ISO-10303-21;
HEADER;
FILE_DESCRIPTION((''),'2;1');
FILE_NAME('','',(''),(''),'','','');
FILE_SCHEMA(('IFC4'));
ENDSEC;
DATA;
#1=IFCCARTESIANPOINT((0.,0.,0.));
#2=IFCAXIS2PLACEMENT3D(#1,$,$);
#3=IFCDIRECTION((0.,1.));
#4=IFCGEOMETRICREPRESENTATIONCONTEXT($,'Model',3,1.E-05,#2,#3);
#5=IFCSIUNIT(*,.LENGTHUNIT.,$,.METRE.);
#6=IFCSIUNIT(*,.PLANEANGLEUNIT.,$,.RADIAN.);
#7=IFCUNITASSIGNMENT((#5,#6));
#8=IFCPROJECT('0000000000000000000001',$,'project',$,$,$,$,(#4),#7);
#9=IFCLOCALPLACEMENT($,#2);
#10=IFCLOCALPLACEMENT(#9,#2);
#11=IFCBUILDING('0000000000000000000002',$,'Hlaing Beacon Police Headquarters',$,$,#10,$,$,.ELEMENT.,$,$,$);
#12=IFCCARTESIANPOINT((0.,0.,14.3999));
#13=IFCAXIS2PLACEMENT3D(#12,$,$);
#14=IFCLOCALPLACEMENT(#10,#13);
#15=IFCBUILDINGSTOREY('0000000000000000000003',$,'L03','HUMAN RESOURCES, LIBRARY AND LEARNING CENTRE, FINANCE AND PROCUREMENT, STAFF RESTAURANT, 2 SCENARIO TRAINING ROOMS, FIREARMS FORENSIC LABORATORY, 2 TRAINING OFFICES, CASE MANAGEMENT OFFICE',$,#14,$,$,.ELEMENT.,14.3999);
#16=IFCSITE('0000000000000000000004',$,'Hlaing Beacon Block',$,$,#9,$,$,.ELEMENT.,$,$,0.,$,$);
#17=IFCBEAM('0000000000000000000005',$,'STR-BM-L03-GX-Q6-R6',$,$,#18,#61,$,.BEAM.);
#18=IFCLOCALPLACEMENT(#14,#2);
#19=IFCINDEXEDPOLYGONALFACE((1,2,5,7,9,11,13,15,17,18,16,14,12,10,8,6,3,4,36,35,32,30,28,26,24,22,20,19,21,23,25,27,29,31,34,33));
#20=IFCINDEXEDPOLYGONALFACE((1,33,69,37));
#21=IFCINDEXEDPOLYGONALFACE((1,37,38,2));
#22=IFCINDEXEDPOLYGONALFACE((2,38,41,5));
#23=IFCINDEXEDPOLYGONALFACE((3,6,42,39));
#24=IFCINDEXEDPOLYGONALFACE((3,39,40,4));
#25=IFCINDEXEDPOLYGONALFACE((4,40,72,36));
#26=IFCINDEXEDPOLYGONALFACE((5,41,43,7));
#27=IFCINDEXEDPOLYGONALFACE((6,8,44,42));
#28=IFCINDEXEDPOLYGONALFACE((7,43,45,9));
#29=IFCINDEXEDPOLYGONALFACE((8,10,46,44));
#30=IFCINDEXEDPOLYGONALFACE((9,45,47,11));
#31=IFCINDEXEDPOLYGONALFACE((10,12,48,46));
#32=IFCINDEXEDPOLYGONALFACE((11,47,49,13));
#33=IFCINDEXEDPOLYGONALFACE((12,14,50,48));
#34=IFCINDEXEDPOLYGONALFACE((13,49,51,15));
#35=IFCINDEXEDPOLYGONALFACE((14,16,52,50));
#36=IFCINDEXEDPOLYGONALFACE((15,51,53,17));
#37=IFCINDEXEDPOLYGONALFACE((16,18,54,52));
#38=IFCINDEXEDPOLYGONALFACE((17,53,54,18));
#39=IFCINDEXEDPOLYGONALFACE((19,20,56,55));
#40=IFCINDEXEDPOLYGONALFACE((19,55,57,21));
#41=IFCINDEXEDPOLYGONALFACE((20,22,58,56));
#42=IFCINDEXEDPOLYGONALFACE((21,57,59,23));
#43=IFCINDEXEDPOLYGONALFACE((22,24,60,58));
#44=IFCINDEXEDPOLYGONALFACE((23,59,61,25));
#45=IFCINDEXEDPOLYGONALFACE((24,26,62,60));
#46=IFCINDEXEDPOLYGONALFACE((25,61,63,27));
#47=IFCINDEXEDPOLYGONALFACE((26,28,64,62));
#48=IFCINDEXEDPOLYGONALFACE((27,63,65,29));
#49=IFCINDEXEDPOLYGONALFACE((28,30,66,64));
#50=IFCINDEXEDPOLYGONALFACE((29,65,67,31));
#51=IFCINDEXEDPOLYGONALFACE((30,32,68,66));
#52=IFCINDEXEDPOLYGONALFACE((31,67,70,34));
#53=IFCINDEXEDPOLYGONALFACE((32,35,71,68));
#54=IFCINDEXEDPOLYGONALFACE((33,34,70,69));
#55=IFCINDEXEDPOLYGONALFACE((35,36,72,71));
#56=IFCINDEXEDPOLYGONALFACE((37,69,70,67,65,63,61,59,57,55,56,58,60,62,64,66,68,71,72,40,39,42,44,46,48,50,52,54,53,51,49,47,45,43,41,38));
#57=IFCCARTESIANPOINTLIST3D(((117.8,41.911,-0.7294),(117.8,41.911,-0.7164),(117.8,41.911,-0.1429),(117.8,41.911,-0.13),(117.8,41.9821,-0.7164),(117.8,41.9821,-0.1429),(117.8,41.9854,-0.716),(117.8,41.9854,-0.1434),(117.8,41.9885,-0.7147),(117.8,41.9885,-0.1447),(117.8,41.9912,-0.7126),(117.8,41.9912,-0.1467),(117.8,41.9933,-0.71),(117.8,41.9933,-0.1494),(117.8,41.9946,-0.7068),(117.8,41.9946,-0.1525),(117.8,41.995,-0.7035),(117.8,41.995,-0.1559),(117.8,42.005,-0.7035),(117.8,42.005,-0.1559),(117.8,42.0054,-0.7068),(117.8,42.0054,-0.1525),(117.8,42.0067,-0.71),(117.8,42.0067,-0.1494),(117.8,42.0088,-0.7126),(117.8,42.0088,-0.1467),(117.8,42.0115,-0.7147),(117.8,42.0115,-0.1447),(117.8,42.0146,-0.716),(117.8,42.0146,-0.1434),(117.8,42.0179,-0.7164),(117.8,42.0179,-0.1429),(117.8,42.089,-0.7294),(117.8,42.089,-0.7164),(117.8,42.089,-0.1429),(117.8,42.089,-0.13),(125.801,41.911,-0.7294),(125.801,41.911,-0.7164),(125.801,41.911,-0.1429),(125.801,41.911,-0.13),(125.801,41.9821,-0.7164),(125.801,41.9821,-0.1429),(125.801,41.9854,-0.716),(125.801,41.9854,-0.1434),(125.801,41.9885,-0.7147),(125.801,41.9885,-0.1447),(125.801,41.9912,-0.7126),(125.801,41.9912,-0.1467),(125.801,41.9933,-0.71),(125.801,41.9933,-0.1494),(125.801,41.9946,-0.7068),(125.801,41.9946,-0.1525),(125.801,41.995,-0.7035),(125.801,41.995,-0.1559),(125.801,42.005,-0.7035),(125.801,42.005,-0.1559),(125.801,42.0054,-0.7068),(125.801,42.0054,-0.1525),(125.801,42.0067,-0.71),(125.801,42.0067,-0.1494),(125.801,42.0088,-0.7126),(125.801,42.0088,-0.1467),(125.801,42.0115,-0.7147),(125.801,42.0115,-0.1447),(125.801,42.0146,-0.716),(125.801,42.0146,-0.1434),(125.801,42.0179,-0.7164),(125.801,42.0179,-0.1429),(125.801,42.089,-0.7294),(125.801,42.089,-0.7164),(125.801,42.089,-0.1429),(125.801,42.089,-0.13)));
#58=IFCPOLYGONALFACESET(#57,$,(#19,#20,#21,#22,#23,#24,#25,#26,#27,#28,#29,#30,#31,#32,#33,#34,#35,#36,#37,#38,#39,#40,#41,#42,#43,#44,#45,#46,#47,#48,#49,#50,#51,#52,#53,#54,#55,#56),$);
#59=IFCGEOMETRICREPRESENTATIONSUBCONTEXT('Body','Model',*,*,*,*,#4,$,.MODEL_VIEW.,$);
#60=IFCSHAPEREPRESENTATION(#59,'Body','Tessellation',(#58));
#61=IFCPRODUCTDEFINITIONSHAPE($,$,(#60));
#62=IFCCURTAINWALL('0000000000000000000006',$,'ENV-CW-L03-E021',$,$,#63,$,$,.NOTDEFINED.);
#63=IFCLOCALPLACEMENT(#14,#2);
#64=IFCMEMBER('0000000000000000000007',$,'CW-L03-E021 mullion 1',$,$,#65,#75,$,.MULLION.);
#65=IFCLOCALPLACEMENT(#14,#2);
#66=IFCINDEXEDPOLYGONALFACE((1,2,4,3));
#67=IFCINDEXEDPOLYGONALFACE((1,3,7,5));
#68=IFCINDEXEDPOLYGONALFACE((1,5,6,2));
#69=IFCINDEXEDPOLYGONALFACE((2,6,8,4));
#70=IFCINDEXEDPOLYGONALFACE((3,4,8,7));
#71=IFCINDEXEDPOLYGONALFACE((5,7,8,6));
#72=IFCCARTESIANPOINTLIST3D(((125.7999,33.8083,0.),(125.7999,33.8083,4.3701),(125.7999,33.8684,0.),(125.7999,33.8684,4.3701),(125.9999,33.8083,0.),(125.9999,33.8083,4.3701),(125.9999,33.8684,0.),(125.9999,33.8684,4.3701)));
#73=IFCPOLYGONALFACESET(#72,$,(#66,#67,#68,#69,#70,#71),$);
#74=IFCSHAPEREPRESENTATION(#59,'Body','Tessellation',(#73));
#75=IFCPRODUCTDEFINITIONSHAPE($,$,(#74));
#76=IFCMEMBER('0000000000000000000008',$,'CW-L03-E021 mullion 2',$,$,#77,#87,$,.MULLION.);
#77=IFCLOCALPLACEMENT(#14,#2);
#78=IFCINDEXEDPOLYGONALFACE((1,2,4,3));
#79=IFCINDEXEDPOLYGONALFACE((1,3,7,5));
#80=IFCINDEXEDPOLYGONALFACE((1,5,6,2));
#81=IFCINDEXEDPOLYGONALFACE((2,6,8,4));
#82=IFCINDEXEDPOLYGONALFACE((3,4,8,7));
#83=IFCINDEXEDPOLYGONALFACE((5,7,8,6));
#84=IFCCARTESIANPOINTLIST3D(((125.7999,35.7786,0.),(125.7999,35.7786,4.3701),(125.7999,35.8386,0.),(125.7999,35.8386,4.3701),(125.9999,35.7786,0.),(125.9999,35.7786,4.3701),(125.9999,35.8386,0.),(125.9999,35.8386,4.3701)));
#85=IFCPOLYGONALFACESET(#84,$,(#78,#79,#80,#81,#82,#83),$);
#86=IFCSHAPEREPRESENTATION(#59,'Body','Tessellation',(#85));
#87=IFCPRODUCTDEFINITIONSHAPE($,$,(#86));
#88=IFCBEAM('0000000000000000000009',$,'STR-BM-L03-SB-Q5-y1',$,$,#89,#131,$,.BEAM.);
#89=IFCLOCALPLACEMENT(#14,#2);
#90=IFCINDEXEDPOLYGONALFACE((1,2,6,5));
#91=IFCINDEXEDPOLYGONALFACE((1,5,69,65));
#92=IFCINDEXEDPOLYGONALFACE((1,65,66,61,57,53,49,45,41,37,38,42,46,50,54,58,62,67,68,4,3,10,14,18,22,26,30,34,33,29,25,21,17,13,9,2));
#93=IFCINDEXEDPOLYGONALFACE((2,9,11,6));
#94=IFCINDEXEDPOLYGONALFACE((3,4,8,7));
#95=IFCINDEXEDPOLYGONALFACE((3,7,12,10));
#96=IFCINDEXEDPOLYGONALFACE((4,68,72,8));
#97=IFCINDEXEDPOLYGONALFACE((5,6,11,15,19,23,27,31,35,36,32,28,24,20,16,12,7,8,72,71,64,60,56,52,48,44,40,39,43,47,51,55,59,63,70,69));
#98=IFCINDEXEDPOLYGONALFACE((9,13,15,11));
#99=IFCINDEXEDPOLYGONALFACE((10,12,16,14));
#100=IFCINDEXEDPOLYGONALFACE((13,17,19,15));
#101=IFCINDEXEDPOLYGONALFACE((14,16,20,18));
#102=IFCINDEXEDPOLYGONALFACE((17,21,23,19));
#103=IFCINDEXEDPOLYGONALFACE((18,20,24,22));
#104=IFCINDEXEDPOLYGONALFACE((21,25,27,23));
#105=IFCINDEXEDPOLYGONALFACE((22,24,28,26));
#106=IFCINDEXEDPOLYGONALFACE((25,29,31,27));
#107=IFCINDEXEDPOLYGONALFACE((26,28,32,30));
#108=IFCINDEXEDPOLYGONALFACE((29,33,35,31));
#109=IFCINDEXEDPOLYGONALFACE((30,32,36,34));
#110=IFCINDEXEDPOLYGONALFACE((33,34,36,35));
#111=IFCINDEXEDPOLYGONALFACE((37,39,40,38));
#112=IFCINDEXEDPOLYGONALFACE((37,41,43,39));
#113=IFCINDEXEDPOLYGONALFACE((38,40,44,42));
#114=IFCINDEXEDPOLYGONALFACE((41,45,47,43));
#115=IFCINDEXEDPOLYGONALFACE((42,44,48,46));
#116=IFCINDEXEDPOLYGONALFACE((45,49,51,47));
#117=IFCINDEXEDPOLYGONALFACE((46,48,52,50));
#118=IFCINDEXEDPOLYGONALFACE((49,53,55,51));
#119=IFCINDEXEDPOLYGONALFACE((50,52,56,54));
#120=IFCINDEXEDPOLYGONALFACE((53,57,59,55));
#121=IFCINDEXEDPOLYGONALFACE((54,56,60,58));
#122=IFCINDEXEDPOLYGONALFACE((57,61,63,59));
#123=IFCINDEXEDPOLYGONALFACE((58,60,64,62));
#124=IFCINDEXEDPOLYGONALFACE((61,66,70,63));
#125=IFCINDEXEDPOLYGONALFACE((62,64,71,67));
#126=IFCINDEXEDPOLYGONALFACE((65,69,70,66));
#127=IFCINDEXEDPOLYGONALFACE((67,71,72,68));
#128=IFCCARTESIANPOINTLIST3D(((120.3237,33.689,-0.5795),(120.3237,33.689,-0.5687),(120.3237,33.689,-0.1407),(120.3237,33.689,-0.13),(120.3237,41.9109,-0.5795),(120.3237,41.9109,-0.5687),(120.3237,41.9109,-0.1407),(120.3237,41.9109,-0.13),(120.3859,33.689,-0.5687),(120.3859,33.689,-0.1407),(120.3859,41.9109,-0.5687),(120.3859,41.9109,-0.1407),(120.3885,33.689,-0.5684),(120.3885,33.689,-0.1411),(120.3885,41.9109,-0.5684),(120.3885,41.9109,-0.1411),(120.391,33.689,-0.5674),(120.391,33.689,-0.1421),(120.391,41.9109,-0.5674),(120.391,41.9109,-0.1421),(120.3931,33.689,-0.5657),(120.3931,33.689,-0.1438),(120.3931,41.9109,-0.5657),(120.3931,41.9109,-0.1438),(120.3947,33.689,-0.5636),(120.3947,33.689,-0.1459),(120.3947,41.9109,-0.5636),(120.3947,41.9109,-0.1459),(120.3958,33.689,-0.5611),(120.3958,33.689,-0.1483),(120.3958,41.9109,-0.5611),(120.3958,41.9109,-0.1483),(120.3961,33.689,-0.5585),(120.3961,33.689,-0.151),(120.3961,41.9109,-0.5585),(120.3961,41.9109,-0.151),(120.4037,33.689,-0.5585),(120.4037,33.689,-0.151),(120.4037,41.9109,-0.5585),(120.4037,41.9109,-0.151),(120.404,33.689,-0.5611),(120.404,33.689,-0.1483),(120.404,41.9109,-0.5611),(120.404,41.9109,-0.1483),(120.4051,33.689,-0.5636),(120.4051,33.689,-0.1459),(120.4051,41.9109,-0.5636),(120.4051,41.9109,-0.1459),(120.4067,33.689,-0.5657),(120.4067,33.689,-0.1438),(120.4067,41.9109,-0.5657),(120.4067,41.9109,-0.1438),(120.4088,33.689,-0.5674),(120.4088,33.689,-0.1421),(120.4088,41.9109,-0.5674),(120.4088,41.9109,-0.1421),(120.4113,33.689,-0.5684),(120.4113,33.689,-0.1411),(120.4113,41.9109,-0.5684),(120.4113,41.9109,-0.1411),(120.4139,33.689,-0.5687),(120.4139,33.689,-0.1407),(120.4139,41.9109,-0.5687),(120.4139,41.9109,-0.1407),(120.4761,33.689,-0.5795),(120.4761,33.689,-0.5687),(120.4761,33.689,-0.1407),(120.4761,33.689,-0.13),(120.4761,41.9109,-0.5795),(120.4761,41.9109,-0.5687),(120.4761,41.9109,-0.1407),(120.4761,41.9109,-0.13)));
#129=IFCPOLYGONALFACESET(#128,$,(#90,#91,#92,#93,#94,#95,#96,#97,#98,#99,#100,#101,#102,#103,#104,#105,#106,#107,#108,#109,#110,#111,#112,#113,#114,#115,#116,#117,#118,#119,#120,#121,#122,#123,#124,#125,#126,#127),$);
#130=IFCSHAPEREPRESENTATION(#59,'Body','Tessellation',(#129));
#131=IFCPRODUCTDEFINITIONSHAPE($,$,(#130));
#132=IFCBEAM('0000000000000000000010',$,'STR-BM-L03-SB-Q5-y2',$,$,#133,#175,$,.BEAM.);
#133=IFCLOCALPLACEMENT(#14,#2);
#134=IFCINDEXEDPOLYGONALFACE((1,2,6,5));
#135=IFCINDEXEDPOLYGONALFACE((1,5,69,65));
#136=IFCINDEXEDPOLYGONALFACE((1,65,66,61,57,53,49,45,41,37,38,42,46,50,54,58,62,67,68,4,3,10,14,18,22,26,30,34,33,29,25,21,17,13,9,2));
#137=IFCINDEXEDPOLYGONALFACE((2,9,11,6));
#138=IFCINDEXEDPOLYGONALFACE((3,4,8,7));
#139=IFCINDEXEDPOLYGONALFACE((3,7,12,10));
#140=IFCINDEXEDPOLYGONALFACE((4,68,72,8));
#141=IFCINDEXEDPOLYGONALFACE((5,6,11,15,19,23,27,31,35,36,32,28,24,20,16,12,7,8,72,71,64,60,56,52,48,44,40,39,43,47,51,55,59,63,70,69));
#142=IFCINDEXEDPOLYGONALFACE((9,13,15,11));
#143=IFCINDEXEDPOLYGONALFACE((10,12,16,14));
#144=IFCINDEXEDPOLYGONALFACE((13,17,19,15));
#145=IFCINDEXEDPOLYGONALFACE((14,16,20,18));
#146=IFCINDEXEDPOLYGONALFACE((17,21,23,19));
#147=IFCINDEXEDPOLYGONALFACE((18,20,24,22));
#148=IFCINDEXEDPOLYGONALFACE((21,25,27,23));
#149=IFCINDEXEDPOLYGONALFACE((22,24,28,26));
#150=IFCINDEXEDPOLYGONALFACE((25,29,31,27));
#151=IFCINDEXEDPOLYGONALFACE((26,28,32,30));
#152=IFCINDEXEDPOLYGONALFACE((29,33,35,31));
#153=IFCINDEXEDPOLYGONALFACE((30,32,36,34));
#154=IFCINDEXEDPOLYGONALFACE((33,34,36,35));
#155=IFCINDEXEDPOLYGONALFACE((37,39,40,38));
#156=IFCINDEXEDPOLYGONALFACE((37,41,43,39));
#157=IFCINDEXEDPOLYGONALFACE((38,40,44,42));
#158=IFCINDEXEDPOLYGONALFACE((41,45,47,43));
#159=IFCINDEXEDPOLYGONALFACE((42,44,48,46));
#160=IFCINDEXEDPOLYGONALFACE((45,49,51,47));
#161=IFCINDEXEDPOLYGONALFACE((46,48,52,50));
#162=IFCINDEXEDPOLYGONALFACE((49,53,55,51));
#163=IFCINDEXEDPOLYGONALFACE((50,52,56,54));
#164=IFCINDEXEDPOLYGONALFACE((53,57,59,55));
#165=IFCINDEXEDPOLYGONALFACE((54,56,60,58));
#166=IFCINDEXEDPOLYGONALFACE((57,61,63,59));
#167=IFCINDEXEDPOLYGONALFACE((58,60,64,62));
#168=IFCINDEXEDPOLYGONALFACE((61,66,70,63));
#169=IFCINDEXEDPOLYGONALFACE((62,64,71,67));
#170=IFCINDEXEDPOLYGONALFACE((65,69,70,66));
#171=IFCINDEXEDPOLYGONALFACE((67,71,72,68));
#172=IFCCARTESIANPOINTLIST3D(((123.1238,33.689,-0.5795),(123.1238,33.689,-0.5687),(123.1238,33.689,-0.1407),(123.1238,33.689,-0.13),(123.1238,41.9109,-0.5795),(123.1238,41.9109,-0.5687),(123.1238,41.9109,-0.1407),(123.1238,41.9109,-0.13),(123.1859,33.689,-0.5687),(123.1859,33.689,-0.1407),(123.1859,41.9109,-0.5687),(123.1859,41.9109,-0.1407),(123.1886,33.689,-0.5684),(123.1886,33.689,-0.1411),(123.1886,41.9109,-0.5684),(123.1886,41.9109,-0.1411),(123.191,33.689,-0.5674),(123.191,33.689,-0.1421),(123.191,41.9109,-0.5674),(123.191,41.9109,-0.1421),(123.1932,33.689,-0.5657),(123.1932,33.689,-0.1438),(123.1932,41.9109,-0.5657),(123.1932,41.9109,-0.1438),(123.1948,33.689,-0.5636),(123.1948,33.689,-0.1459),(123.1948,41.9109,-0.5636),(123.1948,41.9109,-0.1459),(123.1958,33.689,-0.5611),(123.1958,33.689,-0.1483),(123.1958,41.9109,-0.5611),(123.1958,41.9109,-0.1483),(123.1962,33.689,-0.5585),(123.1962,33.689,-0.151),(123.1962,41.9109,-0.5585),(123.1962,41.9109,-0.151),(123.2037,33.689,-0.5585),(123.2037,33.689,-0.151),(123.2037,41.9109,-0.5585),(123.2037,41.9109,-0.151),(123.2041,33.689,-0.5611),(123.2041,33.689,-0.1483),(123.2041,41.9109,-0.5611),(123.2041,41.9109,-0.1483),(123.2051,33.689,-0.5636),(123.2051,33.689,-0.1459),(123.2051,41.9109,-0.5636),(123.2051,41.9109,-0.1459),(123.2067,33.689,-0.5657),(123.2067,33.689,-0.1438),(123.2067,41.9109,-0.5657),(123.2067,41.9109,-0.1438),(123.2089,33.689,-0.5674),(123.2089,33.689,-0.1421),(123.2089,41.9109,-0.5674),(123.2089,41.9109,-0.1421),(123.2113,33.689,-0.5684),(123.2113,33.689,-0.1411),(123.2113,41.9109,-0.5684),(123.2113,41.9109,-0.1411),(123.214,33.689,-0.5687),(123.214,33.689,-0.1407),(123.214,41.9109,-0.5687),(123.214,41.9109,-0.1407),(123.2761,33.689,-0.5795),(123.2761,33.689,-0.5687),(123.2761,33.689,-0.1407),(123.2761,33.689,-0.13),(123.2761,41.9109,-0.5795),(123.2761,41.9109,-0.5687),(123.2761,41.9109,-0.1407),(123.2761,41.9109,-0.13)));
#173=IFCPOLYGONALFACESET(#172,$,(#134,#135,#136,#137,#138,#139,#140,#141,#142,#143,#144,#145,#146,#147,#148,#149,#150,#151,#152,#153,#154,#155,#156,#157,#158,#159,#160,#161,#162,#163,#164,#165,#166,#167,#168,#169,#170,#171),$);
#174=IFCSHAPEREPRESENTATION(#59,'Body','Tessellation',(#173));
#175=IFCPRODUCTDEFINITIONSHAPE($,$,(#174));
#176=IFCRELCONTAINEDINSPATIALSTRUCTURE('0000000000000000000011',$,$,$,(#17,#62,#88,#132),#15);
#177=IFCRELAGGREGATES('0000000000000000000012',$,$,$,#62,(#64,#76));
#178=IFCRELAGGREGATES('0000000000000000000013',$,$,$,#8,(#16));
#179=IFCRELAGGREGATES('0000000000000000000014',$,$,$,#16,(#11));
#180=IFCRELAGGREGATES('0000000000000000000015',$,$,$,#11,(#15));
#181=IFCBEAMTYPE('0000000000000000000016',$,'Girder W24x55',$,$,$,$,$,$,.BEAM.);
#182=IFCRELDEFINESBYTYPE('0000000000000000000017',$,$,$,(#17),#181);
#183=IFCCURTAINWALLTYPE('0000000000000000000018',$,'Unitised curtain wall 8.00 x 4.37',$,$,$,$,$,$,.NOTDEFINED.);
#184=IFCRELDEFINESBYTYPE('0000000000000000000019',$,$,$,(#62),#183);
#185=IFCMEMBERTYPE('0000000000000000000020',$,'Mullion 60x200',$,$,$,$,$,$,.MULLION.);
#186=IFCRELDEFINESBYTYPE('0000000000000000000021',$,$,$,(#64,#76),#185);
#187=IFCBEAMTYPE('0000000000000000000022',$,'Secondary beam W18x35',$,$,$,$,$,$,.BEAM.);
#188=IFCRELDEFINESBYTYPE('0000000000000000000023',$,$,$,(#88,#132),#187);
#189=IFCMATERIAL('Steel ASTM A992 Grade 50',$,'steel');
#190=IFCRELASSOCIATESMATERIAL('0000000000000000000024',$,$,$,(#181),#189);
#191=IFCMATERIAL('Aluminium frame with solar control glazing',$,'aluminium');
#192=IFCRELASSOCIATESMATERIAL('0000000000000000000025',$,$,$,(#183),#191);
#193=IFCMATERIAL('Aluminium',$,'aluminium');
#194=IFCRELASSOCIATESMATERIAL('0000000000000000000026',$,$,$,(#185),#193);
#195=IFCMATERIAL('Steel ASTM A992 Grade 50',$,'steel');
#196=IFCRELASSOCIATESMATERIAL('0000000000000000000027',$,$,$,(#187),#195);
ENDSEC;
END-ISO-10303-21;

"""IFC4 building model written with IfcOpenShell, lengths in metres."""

from ifc_helpers import new_model, si_unit, direction, frame, origin, origin_2d, place, context, subcontext, project, spatial, rectangle, i_section, extrude, material, material_profile, profile_set, type_object, element, aggregate, save


model = new_model("IFC4")

# Units and contexts
model_context = context("Model", 3, precision=1e-05, world=origin(), true_north=direction((0.0, 1.0)))
body_context = subcontext(model_context, "Body", "Model", "MODEL_VIEW")
ifc_project = project(units=[si_unit("LENGTHUNIT", "METRE"), si_unit("PLANEANGLEUNIT", "RADIAN")], contexts=[model_context])

# Site, building, storey
site_placement = place(None, origin())
site = spatial("IfcSite", under=ifc_project, at=site_placement, Name="Hlaing Beacon Block", CompositionType="ELEMENT", RefElevation=0.0)
building_placement = place(site_placement, origin())
building = spatial("IfcBuilding", under=site, at=building_placement, Name="Hlaing Beacon Police Headquarters", CompositionType="ELEMENT")
storey_placement = place(building_placement, frame((0.0, 0.0, 14.3999)))
storey = spatial("IfcBuildingStorey", under=building, at=storey_placement, Name="L03", Description="HUMAN RESOURCES, LIBRARY AND LEARNING CENTRE, FINANCE AND PROCUREMENT, STAFF RESTAURANT, 2 SCENARIO TRAINING ROOMS, FIREARMS FORENSIC LABORATORY, 2 TRAINING OFFICES, CASE MANAGEMENT OFFICE", CompositionType="ELEMENT", Elevation=14.3999)

# Beam
ifc_material_1 = material(Name="Steel ASTM A992 Grade 50", Category="steel")
ifc_material_profile_1 = material_profile(ifc_material_1, i_section(OverallWidth=0.178, OverallDepth=0.5994, WebThickness=0.01, FlangeThickness=0.0129, FilletRadius=0.0129, at=origin_2d()), Name="W24x55")
ifc_profile_set_1 = profile_set([ifc_material_profile_1], Name="Steel ASTM A992 Grade 50")
beam_type_1 = type_object("IfcBeamType", Name="Girder W24x55", PredefinedType="BEAM", material=ifc_profile_set_1)
beam_placement = place(storey_placement, frame((117.8, 42.0, -0.4297), z_axis=(1.0, 0.0, 0.0), x_axis=(0.0, 1.0, 0.0)))
element("IfcBeam", 1, at=beam_placement, inside=storey, type_object=beam_type_1, Name="STR-BM-L03-GX-Q6-R6", PredefinedType="BEAM", context=body_context, shape_type="SweptSolid", body=[
    extrude(i_section(OverallWidth=0.178, OverallDepth=0.5994, WebThickness=0.01, FlangeThickness=0.0129, FilletRadius=0.0129, at=origin_2d()), origin(), (0.0, 0.0, 1.0), 8.001),
])

# Curtain wall, members
ifc_material_2 = material(Name="Aluminium frame with solar control glazing", Category="aluminium")
curtain_wall_type = type_object("IfcCurtainWallType", Name="Unitised curtain wall 8.00 x 4.37", PredefinedType="NOTDEFINED", material=ifc_material_2)
curtain_wall_placement = place(storey_placement, origin())
curtain_wall = element("IfcCurtainWall", 2, at=curtain_wall_placement, inside=storey, type_object=curtain_wall_type, Name="ENV-CW-L03-E021", PredefinedType="NOTDEFINED")
ifc_material_3 = material(Name="Aluminium", Category="aluminium")
ifc_material_profile_2 = material_profile(ifc_material_3, rectangle(XDim=0.2, YDim=0.0601, at=origin_2d()), Name="Mullion 60x200")
ifc_profile_set_2 = profile_set([ifc_material_profile_2], Name="Aluminium")
member_type_1 = type_object("IfcMemberType", Name="Mullion 60x200", PredefinedType="MULLION", material=ifc_profile_set_2)
member_1_placement = place(storey_placement, frame((125.8999, 33.8384, 0.0), z_axis=(0.0, 0.0, 1.0), x_axis=(-1.0, 0.0, 0.0)))
member_1 = element("IfcMember", 3, at=member_1_placement, type_object=member_type_1, Name="CW-L03-E021 mullion 1", PredefinedType="MULLION", context=body_context, shape_type="SweptSolid", body=[
    extrude(rectangle(XDim=0.2, YDim=0.0601, at=origin_2d()), origin(), (0.0, 0.0, 1.0), 4.3701),
])
member_2_placement = place(storey_placement, frame((125.8999, 35.8086, 0.0), z_axis=(0.0, 0.0, 1.0), x_axis=(-1.0, 0.0, 0.0)))
member_2 = element("IfcMember", 4, at=member_2_placement, type_object=member_type_1, Name="CW-L03-E021 mullion 2", PredefinedType="MULLION", context=body_context, shape_type="SweptSolid", body=[
    extrude(rectangle(XDim=0.2, YDim=0.0601, at=origin_2d()), origin(), (0.0, 0.0, 1.0), 4.3701),
])

# Beams
ifc_material_4 = material(Name="Steel ASTM A992 Grade 50", Category="steel")
ifc_material_profile_3 = material_profile(ifc_material_4, i_section(OverallWidth=0.1523, OverallDepth=0.4495, WebThickness=0.0076, FlangeThickness=0.0107, FilletRadius=0.0103, at=origin_2d()), Name="W18x35")
ifc_profile_set_3 = profile_set([ifc_material_profile_3], Name="Steel ASTM A992 Grade 50")
beam_type_2 = type_object("IfcBeamType", Name="Secondary beam W18x35", PredefinedType="BEAM", material=ifc_profile_set_3)
for number, where, z_axis, x_axis, name in (
    (5, (120.3999, 33.689, -0.3547), (0.0, 1.0, 0.0), (-1.0, 0.0, 0.0), "STR-BM-L03-SB-Q5-y1"),
    (6, (123.2, 33.689, -0.3547), (0.0, 1.0, 0.0), (-1.0, 0.0, 0.0), "STR-BM-L03-SB-Q5-y2"),
):
    element("IfcBeam", number, at=place(storey_placement, frame(where, z_axis=z_axis, x_axis=x_axis)), inside=storey, type_object=beam_type_2, Name=name, PredefinedType="BEAM", context=body_context, shape_type="SweptSolid", body=[
        extrude(i_section(OverallWidth=0.1523, OverallDepth=0.4495, WebThickness=0.0076, FlangeThickness=0.0107, FilletRadius=0.0103, at=origin_2d()), origin(), (0.0, 0.0, 1.0), 8.2219),
    ])

aggregate(curtain_wall, [member_1, member_2])

save(model, "model.ifc")
